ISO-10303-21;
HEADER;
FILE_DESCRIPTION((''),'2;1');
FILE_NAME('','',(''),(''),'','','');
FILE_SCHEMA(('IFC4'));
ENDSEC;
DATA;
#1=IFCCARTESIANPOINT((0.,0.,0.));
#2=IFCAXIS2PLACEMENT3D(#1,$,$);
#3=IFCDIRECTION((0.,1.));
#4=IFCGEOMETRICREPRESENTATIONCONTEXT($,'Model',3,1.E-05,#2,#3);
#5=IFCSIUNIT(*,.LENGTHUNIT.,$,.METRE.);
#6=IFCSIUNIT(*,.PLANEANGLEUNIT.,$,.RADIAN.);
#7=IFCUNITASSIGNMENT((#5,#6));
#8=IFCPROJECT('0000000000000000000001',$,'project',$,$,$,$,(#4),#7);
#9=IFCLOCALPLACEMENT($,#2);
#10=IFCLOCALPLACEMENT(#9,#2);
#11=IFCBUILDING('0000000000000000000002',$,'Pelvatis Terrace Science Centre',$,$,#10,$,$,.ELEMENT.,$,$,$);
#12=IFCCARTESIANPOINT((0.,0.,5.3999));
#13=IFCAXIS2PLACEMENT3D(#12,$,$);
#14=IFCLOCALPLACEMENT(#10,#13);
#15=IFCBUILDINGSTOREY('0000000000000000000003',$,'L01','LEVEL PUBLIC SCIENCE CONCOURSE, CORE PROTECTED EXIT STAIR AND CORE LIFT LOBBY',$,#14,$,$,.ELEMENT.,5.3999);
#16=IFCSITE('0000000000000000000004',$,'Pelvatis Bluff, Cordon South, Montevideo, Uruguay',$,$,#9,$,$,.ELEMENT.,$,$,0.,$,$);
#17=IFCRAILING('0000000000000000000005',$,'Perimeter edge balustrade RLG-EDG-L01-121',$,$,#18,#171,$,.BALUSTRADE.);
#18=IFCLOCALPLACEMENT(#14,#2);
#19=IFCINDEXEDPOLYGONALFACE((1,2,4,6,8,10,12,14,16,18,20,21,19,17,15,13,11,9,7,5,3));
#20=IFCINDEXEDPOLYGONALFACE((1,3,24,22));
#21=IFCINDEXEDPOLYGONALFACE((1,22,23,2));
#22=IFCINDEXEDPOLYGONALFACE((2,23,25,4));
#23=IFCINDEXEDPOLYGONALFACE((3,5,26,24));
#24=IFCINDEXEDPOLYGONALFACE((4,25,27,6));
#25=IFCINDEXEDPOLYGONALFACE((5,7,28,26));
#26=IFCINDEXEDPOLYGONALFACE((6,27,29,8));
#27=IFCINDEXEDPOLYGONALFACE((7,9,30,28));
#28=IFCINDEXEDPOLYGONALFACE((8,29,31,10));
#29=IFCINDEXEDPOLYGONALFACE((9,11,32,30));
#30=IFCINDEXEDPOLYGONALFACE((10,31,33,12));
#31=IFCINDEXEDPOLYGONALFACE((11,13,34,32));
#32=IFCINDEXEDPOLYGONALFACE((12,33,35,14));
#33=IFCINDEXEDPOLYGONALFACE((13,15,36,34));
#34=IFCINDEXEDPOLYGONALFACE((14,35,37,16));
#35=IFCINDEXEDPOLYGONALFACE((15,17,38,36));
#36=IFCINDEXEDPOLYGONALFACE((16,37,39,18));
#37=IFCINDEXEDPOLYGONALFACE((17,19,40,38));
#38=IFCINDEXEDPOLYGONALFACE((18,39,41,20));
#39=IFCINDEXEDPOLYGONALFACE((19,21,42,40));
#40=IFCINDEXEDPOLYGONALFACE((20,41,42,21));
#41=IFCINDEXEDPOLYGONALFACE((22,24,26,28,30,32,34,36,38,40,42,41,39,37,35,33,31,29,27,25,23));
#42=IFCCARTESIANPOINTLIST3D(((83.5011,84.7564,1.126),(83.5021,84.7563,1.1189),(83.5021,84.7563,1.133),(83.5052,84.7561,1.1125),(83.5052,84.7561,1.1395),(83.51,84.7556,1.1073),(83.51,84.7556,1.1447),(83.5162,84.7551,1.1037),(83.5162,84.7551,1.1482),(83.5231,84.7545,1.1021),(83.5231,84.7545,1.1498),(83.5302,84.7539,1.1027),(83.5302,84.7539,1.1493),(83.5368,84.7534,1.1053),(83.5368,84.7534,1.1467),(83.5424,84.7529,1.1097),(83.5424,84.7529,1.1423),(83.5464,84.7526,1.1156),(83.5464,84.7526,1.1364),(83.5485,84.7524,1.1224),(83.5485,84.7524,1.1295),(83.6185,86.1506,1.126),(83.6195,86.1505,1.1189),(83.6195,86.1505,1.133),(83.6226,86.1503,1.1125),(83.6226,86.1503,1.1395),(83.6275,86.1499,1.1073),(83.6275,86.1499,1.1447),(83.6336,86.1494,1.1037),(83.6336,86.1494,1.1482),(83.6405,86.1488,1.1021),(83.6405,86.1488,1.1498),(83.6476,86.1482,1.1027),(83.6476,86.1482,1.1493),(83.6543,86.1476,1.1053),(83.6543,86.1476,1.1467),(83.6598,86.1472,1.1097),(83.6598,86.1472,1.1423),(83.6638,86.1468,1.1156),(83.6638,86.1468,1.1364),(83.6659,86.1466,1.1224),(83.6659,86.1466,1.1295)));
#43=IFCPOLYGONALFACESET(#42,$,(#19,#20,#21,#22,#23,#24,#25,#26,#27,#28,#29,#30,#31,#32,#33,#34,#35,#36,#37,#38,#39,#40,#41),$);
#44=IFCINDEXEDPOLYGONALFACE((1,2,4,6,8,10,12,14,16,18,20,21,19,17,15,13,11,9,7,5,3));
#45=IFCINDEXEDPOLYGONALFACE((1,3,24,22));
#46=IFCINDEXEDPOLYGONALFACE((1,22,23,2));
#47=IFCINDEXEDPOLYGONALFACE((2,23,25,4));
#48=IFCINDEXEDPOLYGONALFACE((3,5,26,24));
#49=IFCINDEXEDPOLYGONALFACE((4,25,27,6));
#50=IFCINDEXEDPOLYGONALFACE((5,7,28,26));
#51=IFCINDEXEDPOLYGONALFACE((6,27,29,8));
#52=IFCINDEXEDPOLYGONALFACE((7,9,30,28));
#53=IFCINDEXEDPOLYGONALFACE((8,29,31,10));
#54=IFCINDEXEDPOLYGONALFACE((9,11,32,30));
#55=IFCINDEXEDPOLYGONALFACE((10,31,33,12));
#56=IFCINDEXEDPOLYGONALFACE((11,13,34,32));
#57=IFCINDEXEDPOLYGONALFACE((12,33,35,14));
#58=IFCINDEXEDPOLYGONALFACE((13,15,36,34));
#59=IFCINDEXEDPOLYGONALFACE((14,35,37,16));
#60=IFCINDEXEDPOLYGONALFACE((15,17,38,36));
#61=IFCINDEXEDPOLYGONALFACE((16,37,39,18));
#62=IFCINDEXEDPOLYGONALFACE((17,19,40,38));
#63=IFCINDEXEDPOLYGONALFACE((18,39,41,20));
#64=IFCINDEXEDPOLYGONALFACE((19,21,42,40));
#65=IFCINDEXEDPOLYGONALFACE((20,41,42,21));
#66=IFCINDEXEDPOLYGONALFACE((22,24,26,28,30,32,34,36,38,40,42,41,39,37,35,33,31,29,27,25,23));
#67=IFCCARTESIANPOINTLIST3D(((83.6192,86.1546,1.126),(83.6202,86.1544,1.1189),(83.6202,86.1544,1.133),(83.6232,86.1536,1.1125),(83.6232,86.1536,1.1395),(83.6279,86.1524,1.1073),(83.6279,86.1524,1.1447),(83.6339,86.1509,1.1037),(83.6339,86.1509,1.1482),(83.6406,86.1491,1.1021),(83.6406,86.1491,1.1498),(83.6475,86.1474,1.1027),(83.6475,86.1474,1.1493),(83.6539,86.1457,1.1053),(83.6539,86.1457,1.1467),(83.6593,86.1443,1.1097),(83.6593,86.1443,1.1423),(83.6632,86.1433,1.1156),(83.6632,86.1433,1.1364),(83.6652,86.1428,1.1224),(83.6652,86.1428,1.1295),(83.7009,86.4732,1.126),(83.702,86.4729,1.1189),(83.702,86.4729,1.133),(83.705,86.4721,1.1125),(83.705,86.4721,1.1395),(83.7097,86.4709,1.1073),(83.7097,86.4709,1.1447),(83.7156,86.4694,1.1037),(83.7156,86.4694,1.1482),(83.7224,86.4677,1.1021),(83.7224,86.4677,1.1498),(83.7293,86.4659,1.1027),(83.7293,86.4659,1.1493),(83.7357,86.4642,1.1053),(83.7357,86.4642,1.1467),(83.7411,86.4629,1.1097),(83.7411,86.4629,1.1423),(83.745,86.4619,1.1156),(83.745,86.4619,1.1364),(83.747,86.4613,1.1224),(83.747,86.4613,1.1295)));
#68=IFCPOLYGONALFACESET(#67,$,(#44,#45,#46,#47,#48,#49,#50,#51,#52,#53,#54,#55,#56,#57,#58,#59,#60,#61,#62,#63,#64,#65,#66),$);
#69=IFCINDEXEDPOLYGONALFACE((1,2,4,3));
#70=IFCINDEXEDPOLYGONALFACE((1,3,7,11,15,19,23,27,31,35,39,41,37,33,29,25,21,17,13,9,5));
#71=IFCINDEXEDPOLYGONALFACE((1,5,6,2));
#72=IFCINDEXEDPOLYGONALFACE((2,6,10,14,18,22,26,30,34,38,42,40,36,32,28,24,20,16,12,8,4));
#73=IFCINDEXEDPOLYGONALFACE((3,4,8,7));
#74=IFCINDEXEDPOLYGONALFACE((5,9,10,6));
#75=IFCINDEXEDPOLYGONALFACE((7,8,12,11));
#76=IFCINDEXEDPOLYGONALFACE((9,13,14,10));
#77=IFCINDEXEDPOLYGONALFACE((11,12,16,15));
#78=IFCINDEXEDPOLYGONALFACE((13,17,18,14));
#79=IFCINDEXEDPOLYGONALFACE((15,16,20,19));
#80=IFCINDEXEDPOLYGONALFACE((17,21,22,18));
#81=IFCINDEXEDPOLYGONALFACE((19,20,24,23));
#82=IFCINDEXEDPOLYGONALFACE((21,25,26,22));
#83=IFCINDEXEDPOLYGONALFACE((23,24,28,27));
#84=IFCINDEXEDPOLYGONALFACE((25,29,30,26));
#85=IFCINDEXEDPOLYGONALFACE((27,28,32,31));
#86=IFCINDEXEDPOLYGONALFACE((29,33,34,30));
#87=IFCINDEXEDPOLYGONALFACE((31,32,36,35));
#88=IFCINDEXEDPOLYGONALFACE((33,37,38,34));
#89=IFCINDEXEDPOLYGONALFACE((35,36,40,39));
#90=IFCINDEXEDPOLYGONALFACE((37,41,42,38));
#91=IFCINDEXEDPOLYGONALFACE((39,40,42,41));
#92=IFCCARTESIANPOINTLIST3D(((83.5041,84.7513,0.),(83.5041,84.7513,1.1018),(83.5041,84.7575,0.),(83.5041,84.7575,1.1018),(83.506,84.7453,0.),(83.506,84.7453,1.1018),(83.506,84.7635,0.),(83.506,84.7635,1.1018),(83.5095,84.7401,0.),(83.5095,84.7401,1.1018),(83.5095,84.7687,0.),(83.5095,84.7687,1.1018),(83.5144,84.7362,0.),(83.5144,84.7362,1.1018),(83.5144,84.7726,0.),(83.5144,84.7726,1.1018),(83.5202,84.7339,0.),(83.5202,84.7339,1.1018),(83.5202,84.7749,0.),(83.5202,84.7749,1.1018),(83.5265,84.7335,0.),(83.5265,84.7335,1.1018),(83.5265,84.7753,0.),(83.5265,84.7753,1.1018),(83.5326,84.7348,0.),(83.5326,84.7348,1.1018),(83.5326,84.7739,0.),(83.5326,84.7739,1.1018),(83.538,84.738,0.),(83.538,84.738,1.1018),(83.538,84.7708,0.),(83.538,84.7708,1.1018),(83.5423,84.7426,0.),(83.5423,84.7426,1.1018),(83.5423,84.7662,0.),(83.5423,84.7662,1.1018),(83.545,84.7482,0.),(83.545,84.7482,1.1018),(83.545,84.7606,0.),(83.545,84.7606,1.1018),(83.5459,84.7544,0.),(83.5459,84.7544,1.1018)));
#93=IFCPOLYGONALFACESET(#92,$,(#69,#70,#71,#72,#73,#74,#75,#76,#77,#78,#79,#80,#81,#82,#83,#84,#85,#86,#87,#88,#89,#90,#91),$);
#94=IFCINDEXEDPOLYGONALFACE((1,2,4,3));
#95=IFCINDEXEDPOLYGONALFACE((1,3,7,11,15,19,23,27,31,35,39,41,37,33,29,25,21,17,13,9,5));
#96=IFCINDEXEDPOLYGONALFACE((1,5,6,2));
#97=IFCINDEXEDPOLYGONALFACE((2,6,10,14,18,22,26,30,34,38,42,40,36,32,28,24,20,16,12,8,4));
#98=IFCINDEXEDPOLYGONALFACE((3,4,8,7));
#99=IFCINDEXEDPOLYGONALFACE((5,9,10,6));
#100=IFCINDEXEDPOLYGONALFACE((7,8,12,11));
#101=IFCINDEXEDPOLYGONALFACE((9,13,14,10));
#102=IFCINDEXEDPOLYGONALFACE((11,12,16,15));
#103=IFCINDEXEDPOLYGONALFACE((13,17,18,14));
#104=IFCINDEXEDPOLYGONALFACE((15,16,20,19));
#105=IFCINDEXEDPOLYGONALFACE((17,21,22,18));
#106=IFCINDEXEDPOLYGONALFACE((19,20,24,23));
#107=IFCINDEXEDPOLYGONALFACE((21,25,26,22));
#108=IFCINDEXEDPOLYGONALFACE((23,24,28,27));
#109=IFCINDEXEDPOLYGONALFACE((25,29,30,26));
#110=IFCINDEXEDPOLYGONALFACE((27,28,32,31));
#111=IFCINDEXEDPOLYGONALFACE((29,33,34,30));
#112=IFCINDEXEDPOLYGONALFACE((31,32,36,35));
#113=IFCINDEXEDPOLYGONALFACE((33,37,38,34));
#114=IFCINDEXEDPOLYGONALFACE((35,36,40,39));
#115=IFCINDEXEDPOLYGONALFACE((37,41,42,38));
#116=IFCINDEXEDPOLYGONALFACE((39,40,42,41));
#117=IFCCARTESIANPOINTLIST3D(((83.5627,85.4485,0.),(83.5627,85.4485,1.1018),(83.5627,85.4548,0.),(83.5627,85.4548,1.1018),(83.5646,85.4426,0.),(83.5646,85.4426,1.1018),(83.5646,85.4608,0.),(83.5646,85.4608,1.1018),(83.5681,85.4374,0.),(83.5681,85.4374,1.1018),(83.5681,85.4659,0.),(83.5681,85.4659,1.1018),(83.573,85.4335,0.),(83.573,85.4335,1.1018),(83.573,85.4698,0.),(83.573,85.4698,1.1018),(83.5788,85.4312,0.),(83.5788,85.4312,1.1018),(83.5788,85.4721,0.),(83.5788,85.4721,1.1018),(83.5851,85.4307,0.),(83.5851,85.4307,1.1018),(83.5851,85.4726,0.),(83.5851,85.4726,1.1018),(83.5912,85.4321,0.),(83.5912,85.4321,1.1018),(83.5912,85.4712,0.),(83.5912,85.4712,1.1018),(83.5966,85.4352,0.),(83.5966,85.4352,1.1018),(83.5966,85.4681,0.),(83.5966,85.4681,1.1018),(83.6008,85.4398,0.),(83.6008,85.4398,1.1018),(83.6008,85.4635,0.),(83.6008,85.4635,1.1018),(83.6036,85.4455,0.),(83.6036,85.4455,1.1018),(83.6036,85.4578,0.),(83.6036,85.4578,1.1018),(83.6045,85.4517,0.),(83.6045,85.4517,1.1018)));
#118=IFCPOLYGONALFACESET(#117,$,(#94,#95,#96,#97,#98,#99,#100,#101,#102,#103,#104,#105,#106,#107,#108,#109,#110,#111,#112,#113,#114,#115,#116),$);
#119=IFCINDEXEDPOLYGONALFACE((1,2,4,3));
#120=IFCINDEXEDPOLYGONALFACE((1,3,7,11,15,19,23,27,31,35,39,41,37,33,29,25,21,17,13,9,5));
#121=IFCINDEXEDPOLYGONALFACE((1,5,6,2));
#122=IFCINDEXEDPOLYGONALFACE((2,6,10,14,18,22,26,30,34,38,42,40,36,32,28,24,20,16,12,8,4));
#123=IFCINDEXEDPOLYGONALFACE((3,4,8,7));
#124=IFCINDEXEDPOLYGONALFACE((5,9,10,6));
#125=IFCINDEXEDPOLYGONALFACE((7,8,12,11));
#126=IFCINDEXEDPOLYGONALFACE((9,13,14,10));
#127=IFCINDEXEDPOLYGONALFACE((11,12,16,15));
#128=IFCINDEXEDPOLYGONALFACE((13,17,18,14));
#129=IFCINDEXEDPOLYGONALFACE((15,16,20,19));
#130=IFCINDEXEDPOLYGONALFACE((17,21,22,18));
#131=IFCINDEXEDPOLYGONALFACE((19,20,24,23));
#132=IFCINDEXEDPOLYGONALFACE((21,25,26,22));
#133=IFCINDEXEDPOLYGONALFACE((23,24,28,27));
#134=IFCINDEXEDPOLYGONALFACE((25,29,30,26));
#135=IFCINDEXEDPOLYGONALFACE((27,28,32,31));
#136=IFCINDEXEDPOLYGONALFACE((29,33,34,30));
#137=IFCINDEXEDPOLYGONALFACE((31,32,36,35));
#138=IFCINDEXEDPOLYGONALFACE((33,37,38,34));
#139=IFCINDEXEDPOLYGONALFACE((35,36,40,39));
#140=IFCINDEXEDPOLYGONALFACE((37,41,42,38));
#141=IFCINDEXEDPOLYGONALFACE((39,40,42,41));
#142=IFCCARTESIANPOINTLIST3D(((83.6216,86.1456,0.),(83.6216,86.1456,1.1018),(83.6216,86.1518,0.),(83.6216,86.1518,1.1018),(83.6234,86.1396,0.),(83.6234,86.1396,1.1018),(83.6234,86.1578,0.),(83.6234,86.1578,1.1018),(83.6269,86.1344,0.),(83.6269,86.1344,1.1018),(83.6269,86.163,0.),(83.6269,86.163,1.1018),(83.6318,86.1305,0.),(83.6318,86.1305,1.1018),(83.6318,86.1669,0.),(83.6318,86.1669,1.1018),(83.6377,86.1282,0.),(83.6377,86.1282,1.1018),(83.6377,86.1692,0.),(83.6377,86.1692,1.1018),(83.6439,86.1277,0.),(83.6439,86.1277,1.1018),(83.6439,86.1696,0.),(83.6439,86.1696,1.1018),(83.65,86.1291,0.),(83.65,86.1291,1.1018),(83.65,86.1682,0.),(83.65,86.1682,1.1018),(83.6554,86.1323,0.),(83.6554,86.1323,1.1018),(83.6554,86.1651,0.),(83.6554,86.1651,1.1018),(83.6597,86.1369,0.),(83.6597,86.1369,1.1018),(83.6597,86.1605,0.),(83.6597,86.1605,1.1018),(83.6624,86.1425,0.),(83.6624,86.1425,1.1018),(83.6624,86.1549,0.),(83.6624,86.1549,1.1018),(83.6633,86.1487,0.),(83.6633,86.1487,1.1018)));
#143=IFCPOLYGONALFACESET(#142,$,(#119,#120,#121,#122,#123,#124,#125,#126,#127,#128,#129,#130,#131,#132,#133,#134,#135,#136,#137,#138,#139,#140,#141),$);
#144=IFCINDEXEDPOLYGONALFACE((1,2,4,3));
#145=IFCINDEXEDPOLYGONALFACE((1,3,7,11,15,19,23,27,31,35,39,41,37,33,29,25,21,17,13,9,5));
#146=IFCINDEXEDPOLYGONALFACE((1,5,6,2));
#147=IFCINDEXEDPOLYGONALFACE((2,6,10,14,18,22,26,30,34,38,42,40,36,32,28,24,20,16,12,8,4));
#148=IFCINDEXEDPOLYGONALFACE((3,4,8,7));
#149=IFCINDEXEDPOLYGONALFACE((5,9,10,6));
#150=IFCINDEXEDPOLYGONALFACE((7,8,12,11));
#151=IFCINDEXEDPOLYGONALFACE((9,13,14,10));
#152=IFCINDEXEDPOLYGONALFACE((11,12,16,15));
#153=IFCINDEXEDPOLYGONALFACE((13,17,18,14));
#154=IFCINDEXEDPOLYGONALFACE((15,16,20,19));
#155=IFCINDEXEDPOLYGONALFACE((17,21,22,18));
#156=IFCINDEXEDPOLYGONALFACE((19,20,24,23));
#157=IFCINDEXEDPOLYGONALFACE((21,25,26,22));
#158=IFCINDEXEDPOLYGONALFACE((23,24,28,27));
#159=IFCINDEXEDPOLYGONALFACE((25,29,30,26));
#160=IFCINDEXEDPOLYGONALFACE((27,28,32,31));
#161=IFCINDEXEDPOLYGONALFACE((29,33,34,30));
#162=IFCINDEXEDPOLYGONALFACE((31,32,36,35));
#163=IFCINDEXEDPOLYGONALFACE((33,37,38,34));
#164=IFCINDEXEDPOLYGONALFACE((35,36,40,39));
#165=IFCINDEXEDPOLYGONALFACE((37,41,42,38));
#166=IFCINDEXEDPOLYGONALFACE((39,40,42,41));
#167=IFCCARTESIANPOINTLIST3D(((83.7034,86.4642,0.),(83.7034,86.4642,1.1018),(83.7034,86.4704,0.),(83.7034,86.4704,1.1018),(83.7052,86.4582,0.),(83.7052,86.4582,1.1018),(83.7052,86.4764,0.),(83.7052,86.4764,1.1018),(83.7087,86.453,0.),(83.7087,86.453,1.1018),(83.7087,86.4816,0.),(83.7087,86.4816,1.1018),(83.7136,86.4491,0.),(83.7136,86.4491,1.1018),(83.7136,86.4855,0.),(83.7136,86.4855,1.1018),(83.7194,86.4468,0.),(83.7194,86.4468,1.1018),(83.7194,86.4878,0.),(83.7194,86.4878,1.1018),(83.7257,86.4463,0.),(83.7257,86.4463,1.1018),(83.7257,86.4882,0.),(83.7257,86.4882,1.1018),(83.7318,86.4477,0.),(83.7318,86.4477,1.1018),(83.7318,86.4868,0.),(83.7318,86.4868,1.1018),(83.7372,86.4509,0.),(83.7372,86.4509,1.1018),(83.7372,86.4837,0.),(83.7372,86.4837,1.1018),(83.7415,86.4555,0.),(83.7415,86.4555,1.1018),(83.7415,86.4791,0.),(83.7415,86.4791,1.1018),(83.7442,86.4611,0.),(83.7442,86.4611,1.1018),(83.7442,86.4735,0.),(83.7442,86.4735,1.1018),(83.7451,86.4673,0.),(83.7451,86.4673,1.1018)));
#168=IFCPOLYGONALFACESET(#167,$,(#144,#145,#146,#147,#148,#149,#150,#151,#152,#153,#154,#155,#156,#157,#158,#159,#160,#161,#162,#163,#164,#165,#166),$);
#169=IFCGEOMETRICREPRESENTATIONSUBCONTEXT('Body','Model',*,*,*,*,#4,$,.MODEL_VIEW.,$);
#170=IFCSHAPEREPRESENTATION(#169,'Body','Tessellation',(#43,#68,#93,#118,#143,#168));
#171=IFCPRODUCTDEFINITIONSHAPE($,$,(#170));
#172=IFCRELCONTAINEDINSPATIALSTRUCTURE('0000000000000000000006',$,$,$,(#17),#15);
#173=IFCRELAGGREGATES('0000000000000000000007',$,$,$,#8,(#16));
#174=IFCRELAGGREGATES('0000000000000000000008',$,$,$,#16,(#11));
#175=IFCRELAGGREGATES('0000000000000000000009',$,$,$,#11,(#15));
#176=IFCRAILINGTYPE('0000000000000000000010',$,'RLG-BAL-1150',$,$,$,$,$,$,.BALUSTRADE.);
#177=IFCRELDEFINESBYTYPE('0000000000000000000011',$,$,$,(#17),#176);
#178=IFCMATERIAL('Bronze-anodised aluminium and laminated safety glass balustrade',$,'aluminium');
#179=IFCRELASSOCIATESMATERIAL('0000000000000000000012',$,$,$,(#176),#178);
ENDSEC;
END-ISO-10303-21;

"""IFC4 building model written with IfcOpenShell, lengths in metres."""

from ifc_helpers import new_model, si_unit, direction, frame, origin, origin_2d, place, context, subcontext, project, spatial, circle, extrude, material, type_object, element, save


model = new_model("IFC4")

# Units and contexts
model_context = context("Model", 3, precision=1e-05, world=origin(), true_north=direction((0.0, 1.0)))
body_context = subcontext(model_context, "Body", "Model", "MODEL_VIEW")
ifc_project = project(units=[si_unit("LENGTHUNIT", "METRE"), si_unit("PLANEANGLEUNIT", "RADIAN")], contexts=[model_context])

# Site, building, storey
site_placement = place(None, origin())
site = spatial("IfcSite", under=ifc_project, at=site_placement, Name="Pelvatis Bluff, Cordon South, Montevideo, Uruguay", CompositionType="ELEMENT", RefElevation=0.0)
building_placement = place(site_placement, origin())
building = spatial("IfcBuilding", under=site, at=building_placement, Name="Pelvatis Terrace Science Centre", CompositionType="ELEMENT")
storey_placement = place(building_placement, frame((0.0, 0.0, 5.3999)))
storey = spatial("IfcBuildingStorey", under=building, at=storey_placement, Name="L01", Description="LEVEL PUBLIC SCIENCE CONCOURSE, CORE PROTECTED EXIT STAIR AND CORE LIFT LOBBY", CompositionType="ELEMENT", Elevation=5.3999)

# Railing
ifc_material_1 = material(Name="Bronze-anodised aluminium and laminated safety glass balustrade", Category="aluminium")
railing_type = type_object("IfcRailingType", Name="RLG-BAL-1150", PredefinedType="BALUSTRADE", material=ifc_material_1)
railing_1_placement = place(storey_placement, frame((83.5249, 84.7544, 0.0)))
element("IfcRailing", 1, at=railing_1_placement, inside=storey, type_object=railing_type, Name="Perimeter edge balustrade RLG-EDG-L01-121", PredefinedType="BALUSTRADE", context=body_context, shape_type="SweptSolid", body=[
    extrude(circle(Radius=0.0239, at=origin_2d()), frame((0.0, 0.0, 1.126), z_axis=(0.083926, 0.996472, 0.0), x_axis=(-0.996472, 0.083926, 0.0)), (0.0, 0.0, 1.0), 1.3992),
    extrude(circle(Radius=0.0239, at=origin_2d()), frame((0.1174, 1.3943, 1.126), z_axis=(0.248643, 0.968595, 0.0), x_axis=(-0.968595, 0.248643, 0.0)), (0.0, 0.0, 1.0), 0.3289),
    extrude(circle(Radius=0.021, at=origin_2d()), origin(), (0.0, 0.0, 1.0), 1.1018),
    extrude(circle(Radius=0.021, at=origin_2d()), frame((0.0586, 0.6973, 0.0)), (0.0, 0.0, 1.0), 1.1018),
    extrude(circle(Radius=0.021, at=origin_2d()), frame((0.1174, 1.3943, 0.0)), (0.0, 0.0, 1.0), 1.1018),
    extrude(circle(Radius=0.021, at=origin_2d()), frame((0.1992, 1.7129, 0.0)), (0.0, 0.0, 1.0), 1.1018),
])

save(model, "model.ifc")
